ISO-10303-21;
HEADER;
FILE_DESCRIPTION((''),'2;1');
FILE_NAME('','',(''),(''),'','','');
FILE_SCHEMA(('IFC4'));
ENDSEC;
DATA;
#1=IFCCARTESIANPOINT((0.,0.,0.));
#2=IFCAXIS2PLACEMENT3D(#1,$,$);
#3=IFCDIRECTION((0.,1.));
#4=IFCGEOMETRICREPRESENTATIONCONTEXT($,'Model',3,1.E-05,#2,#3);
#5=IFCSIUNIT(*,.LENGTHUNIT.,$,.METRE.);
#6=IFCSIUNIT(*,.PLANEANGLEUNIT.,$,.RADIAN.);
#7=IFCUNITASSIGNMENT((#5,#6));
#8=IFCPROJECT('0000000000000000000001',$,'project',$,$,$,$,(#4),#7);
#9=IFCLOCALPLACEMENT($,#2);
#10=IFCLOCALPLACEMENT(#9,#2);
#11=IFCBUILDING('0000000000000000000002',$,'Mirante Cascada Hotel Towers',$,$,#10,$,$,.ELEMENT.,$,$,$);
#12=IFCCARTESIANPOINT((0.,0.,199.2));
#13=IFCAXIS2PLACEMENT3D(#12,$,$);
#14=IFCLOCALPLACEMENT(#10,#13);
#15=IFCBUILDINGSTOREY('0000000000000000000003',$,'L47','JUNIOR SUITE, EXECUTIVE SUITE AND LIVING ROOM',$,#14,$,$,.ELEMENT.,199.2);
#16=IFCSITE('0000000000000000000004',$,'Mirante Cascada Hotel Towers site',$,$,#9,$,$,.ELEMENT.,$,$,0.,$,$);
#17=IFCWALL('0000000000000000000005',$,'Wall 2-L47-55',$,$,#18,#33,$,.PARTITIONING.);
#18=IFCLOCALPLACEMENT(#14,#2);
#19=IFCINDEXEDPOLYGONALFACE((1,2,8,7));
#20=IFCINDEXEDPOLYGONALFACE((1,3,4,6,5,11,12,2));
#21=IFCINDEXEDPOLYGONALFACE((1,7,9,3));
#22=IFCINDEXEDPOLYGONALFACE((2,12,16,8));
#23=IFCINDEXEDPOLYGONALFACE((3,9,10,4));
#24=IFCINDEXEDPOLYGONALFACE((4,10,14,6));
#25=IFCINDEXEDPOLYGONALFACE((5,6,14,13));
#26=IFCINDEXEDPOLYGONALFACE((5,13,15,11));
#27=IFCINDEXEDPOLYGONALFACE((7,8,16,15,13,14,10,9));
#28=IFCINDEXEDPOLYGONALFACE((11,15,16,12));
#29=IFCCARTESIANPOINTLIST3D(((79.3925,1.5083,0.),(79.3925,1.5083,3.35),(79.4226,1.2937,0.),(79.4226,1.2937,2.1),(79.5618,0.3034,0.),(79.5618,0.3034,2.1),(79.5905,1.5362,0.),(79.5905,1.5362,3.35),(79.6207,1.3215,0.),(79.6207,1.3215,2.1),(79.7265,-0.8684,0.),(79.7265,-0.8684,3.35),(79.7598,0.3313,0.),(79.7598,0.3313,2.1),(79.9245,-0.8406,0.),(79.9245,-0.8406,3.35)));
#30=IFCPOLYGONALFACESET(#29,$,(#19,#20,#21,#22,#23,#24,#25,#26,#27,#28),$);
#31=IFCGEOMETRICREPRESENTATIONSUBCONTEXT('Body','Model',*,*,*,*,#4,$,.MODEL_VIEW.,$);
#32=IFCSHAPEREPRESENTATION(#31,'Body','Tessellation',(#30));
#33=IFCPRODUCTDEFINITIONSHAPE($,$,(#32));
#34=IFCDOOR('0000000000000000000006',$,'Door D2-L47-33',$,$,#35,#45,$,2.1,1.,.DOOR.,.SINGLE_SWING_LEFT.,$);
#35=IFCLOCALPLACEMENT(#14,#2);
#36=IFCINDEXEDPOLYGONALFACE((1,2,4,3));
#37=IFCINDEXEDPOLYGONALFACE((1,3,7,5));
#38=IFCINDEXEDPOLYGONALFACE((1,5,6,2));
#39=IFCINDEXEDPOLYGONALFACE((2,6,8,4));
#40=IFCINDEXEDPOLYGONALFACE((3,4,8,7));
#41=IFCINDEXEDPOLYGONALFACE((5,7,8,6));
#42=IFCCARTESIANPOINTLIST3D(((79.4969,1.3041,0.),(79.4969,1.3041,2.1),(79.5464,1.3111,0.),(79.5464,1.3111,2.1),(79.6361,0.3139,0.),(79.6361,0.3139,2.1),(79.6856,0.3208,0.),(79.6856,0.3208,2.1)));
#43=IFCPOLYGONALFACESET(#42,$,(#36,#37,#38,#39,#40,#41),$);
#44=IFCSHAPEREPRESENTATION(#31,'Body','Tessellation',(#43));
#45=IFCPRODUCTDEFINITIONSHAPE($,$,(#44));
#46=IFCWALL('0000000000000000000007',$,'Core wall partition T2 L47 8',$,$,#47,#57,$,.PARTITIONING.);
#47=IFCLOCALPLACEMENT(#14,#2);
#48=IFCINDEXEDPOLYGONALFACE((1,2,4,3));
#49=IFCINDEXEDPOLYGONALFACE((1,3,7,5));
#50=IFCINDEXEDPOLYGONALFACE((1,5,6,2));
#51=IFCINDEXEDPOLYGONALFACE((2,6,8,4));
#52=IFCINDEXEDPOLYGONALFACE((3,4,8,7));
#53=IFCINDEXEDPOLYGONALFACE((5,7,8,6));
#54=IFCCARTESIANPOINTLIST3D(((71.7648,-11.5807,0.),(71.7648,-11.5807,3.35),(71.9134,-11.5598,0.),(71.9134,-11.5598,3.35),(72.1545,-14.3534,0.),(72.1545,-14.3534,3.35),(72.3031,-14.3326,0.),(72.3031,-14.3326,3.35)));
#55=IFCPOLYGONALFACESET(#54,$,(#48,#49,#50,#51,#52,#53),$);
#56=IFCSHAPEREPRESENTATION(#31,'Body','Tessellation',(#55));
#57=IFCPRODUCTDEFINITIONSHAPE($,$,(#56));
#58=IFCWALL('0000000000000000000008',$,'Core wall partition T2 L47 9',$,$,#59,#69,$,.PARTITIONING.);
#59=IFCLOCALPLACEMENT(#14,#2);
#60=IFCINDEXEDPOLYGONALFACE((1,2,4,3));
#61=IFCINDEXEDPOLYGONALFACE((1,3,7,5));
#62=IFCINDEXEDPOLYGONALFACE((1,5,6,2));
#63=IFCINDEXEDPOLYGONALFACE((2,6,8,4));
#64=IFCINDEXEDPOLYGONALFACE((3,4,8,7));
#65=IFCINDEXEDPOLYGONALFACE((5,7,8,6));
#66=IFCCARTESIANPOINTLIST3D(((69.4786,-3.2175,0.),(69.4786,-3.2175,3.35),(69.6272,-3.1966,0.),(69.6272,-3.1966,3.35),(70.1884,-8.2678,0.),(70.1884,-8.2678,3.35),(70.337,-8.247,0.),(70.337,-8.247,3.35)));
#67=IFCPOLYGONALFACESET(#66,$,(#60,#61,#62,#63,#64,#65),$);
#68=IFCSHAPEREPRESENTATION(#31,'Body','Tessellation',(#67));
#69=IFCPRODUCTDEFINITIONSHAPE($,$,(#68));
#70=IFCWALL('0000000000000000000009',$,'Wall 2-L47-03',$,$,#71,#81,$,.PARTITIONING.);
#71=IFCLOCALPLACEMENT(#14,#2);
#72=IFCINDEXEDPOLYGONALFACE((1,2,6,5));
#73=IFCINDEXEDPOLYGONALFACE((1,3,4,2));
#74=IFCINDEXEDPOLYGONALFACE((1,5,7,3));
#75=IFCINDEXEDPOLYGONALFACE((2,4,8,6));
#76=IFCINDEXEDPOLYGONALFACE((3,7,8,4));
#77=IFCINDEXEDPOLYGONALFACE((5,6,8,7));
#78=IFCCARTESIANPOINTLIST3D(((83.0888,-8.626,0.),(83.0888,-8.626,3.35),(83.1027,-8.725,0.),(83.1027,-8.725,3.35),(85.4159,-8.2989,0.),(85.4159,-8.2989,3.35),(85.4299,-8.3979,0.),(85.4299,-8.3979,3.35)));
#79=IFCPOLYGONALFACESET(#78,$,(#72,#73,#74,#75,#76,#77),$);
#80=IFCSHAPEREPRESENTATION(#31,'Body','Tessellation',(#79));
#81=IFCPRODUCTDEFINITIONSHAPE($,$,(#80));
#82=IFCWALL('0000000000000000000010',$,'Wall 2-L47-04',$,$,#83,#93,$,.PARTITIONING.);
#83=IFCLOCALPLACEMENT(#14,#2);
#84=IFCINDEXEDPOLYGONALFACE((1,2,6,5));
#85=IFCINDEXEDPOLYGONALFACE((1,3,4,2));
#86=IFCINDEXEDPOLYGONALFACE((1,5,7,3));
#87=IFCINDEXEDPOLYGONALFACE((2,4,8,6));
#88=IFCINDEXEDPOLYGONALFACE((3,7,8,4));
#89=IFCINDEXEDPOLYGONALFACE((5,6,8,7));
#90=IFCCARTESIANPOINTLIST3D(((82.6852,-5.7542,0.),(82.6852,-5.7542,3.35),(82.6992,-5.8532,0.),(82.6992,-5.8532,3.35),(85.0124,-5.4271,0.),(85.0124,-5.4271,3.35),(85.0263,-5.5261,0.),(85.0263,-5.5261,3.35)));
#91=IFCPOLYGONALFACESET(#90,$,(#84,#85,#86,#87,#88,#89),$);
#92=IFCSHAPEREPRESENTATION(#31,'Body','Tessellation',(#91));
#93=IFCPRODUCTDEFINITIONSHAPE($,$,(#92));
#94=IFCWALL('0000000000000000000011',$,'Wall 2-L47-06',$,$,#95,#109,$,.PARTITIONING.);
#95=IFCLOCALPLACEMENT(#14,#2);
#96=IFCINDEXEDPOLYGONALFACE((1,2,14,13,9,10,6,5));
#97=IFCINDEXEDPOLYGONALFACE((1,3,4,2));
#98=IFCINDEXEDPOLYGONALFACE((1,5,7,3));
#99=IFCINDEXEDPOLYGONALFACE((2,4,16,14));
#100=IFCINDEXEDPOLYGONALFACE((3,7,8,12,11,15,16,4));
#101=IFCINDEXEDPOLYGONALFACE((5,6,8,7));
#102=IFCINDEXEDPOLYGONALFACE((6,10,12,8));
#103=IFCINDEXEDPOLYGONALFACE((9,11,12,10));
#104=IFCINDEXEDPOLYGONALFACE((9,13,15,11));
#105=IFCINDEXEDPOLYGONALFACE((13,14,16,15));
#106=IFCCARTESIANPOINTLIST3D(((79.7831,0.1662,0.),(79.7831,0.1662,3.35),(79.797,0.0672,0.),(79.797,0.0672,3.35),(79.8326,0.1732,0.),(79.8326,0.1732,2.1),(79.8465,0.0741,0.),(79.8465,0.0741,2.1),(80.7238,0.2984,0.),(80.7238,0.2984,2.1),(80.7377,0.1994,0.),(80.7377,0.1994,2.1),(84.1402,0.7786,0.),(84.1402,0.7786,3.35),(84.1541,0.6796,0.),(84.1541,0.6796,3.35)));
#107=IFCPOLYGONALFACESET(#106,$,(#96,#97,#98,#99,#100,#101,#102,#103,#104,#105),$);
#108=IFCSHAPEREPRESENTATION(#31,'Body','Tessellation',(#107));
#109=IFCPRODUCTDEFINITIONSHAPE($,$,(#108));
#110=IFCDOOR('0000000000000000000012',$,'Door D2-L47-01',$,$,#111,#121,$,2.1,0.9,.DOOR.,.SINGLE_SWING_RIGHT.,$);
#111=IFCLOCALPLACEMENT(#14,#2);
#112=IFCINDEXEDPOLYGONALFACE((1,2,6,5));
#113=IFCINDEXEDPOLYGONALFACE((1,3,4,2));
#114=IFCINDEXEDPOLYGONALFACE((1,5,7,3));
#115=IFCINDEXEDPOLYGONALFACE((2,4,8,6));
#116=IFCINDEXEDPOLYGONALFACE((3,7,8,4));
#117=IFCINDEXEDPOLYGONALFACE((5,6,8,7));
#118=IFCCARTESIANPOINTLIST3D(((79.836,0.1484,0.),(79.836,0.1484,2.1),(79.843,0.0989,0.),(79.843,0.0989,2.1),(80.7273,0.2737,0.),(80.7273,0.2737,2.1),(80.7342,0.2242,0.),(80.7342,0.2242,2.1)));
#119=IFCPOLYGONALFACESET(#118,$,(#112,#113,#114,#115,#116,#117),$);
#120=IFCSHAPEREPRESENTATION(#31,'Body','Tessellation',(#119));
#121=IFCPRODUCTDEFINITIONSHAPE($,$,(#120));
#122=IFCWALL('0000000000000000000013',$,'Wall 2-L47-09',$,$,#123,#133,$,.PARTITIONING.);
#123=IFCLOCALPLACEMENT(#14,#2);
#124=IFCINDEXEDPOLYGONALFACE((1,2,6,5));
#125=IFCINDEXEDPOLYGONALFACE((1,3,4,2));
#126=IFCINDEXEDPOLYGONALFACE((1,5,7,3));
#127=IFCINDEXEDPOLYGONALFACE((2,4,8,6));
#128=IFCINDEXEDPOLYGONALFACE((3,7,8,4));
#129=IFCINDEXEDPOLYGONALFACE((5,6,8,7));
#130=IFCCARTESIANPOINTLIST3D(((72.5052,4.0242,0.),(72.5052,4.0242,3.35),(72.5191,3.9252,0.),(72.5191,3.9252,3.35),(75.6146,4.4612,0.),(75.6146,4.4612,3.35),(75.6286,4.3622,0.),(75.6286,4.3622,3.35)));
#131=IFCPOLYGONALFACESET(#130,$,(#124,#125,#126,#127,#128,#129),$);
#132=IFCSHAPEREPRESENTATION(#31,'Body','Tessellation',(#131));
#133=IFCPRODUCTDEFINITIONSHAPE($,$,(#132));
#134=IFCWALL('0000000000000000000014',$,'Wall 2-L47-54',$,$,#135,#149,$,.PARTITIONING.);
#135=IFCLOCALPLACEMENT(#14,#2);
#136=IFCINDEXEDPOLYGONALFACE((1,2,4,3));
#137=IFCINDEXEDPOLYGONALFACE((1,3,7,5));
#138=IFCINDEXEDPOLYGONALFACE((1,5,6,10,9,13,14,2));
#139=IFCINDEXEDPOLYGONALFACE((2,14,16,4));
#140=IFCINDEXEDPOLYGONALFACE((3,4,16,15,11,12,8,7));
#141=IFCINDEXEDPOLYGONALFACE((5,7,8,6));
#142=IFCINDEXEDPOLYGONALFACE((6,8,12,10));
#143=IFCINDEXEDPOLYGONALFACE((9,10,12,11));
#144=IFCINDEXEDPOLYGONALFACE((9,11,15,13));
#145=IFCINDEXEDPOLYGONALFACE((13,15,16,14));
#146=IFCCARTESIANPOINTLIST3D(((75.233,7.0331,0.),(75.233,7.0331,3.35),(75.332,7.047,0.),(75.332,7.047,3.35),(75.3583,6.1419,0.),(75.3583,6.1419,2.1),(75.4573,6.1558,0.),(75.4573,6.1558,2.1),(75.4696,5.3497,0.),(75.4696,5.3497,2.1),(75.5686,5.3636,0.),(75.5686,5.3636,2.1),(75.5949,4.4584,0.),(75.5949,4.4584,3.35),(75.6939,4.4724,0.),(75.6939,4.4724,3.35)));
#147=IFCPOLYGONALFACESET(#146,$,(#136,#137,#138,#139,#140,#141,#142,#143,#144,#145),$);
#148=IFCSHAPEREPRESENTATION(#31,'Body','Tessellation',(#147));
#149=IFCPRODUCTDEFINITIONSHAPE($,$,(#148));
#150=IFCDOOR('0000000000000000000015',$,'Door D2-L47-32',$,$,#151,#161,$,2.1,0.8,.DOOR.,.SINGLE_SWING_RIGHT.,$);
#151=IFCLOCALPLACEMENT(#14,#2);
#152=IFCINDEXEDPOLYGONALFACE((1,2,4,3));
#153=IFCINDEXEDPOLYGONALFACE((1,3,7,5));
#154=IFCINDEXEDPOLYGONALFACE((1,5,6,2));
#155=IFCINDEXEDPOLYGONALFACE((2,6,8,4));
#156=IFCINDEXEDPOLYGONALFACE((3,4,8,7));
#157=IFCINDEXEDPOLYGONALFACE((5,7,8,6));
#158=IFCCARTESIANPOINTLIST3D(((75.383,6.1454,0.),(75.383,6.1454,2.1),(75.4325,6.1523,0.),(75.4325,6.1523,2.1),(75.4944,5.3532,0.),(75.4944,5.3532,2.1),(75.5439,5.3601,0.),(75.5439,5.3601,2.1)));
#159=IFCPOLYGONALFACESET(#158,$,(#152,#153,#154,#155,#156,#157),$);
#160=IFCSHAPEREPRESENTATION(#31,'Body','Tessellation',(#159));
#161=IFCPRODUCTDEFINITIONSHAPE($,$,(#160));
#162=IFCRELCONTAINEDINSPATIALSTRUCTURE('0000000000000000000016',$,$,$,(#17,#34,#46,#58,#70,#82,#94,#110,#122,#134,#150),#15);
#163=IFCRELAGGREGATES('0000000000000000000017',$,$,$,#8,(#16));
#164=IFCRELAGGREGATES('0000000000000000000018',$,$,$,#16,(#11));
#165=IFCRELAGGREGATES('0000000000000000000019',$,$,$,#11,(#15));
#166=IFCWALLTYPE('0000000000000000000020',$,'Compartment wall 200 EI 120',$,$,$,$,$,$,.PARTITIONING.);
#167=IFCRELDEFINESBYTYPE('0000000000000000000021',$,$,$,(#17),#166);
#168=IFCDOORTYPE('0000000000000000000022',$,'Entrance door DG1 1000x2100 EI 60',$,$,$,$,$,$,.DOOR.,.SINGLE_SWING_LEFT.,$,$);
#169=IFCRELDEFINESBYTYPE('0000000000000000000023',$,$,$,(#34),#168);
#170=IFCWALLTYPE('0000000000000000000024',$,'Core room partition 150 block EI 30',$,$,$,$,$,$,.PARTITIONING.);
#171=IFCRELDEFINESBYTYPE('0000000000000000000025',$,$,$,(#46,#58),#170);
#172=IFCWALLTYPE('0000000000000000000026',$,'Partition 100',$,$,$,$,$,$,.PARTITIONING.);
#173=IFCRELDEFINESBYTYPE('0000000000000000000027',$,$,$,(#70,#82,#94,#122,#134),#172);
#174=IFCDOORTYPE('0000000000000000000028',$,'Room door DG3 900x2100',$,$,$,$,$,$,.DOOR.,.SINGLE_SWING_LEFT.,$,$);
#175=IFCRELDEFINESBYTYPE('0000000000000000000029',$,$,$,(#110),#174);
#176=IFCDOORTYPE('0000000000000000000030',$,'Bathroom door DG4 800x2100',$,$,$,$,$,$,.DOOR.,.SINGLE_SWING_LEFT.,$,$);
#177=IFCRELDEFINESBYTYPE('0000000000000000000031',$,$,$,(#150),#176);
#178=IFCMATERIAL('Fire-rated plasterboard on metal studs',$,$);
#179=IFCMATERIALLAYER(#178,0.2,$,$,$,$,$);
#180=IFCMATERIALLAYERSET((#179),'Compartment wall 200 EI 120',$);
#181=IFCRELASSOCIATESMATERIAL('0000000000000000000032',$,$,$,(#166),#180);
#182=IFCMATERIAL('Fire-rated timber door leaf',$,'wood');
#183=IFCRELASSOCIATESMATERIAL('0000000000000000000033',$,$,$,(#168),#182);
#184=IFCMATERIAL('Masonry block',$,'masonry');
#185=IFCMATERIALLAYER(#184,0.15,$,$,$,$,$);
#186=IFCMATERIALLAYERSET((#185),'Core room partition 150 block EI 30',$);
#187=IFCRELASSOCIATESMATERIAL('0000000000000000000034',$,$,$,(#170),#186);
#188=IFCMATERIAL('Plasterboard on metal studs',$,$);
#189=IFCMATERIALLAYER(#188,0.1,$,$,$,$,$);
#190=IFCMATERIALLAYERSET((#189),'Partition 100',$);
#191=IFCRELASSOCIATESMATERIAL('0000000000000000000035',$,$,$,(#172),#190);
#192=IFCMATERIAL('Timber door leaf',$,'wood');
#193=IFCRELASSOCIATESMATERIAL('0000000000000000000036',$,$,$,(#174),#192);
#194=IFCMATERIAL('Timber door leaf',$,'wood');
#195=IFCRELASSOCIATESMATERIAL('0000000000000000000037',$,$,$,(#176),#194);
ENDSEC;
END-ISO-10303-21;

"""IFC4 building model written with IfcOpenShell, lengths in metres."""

from ifc_helpers import new_model, si_unit, direction, frame, frame_2d, origin, place, context, subcontext, project, spatial, rectangle, extrude, material, layer, layer_set, type_object, element, fill, save


model = new_model("IFC4")

# Units and contexts
model_context = context("Model", 3, precision=1e-05, world=origin(), true_north=direction((0.0, 1.0)))
body_context = subcontext(model_context, "Body", "Model", "MODEL_VIEW")
ifc_project = project(units=[si_unit("LENGTHUNIT", "METRE"), si_unit("PLANEANGLEUNIT", "RADIAN")], contexts=[model_context])

# Site, building, storey
site_placement = place(None, origin())
site = spatial("IfcSite", under=ifc_project, at=site_placement, Name="Mirante Cascada Hotel Towers site", CompositionType="ELEMENT", RefElevation=0.0)
building_placement = place(site_placement, origin())
building = spatial("IfcBuilding", under=site, at=building_placement, Name="Mirante Cascada Hotel Towers", CompositionType="ELEMENT")
storey_placement = place(building_placement, frame((0.0, 0.0, 199.2)))
storey = spatial("IfcBuildingStorey", under=building, at=storey_placement, Name="L47", Description="JUNIOR SUITE, EXECUTIVE SUITE AND LIVING ROOM", CompositionType="ELEMENT", Elevation=199.2)

# Wall, opening, door
ifc_material_1 = material(Name="Fire-rated plasterboard on metal studs")
ifc_layer_1 = layer(ifc_material_1, 0.2)
ifc_layer_set_1 = layer_set([ifc_layer_1], Name="Compartment wall 200 EI 120")
wall_type_1 = type_object("IfcWallType", Name="Compartment wall 200 EI 120", PredefinedType="PARTITIONING", material=ifc_layer_set_1)
wall_1_placement = place(storey_placement, frame((79.4915, 1.5222, 0.0), z_axis=(0.0, 0.0, 1.0), x_axis=(0.139163, -0.990269, 0.0)))
wall_1 = element("IfcWall", 1, at=wall_1_placement, inside=storey, type_object=wall_type_1, Name="Wall 2-L47-55", PredefinedType="PARTITIONING", context=body_context, shape_type="SweptSolid", body=[
    extrude(rectangle(XDim=2.4001, YDim=0.2, at=frame_2d((1.2, 0.0))), origin(), (0.0, 0.0, 1.0), 3.35),
])
opening_1_placement = place(wall_1_placement, frame((0.2167, 0.0, 0.0)))
opening_1 = element("IfcOpeningElement", 2, at=opening_1_placement, cuts=wall_1, PredefinedType="OPENING", context=body_context, shape_type="SweptSolid", body=[
    extrude(rectangle(XDim=1.0, YDim=2.1, at=frame_2d((0.5, 1.05))), frame((0.0, 0.1, 0.0), z_axis=(0.0, -1.0, 0.0), x_axis=(1.0, 0.0, 0.0)), (0.0, 0.0, 1.0), 0.2),
])
ifc_material_2 = material(Name="Fire-rated timber door leaf", Category="wood")
door_type_1 = type_object("IfcDoorType", Name="Entrance door DG1 1000x2100 EI 60", OperationType="SINGLE_SWING_LEFT", PredefinedType="DOOR", material=ifc_material_2)
door_1_placement = place(opening_1_placement, origin())
door_1 = element("IfcDoor", 3, at=door_1_placement, inside=storey, type_object=door_type_1, Name="Door D2-L47-33", OperationType="SINGLE_SWING_LEFT", OverallHeight=2.1, OverallWidth=1.0, PredefinedType="DOOR", context=body_context, shape_type="SweptSolid", body=[
    extrude(rectangle(XDim=1.0, YDim=2.1, at=frame_2d((0.5, 1.05))), frame((0.0, 0.025, 0.0), z_axis=(0.0, -1.0, 0.0), x_axis=(1.0, 0.0, 0.0)), (0.0, 0.0, 1.0), 0.05),
])
fill(opening_1, door_1)

# Walls
ifc_material_3 = material(Name="Masonry block", Category="masonry")
ifc_layer_2 = layer(ifc_material_3, 0.15)
ifc_layer_set_2 = layer_set([ifc_layer_2], Name="Core room partition 150 block EI 30")
wall_type_2 = type_object("IfcWallType", Name="Core room partition 150 block EI 30", PredefinedType="PARTITIONING", material=ifc_layer_set_2)
wall_2_placement = place(storey_placement, frame((72.2288, -14.343, 0.0), z_axis=(0.0, 0.0, 1.0), x_axis=(-0.139181, 0.990267, 0.0)))
element("IfcWall", 4, at=wall_2_placement, inside=storey, type_object=wall_type_2, Name="Core wall partition T2 L47 8", PredefinedType="PARTITIONING", context=body_context, shape_type="SweptSolid", body=[
    extrude(rectangle(XDim=2.8, YDim=0.15, at=frame_2d((1.4, 0.0))), origin(), (0.0, 0.0, 1.0), 3.35),
])
wall_3_placement = place(storey_placement, frame((70.2627, -8.2574, 0.0), z_axis=(0.0, 0.0, 1.0), x_axis=(-0.139176, 0.990268, 0.0)))
element("IfcWall", 5, at=wall_3_placement, inside=storey, type_object=wall_type_2, Name="Core wall partition T2 L47 9", PredefinedType="PARTITIONING", context=body_context, shape_type="SweptSolid", body=[
    extrude(rectangle(XDim=5.1, YDim=0.15, at=frame_2d((2.55, 0.0))), origin(), (0.0, 0.0, 1.0), 3.35),
])
ifc_material_4 = material(Name="Plasterboard on metal studs")
ifc_layer_3 = layer(ifc_material_4, 0.1)
ifc_layer_set_3 = layer_set([ifc_layer_3], Name="Partition 100")
wall_type_3 = type_object("IfcWallType", Name="Partition 100", PredefinedType="PARTITIONING", material=ifc_layer_set_3)
for number, where, z_axis, x_axis, name in (
    (6, (85.4229, -8.3484, 0.0), (0.0, 0.0, 1.0), (-0.990265, -0.139193, 0.0), "Wall 2-L47-03"),
    (7, (82.6922, -5.8037, 0.0), (0.0, 0.0, 1.0), (0.990265, 0.139193, 0.0), "Wall 2-L47-04"),
):
    element("IfcWall", number, at=place(storey_placement, frame(where, z_axis=z_axis, x_axis=x_axis)), inside=storey, type_object=wall_type_3, Name=name, PredefinedType="PARTITIONING", context=body_context, shape_type="SweptSolid", body=[
        extrude(rectangle(XDim=2.35, YDim=0.1, at=frame_2d((1.175, 0.0))), origin(), (0.0, 0.0, 1.0), 3.35),
    ])

# Wall, opening, door
wall_4_placement = place(storey_placement, frame((79.79, 0.1167, 0.0), z_axis=(0.0, 0.0, 1.0), x_axis=(0.990267, 0.139184, 0.0)))
wall_4 = element("IfcWall", 8, at=wall_4_placement, inside=storey, type_object=wall_type_3, Name="Wall 2-L47-06", PredefinedType="PARTITIONING", context=body_context, shape_type="SweptSolid", body=[
    extrude(rectangle(XDim=4.3999, YDim=0.1, at=frame_2d((2.2, 0.0))), origin(), (0.0, 0.0, 1.0), 3.35),
])
opening_2_placement = place(wall_4_placement, frame((0.05, 0.0, 0.0)))
opening_2 = element("IfcOpeningElement", 9, at=opening_2_placement, cuts=wall_4, PredefinedType="OPENING", context=body_context, shape_type="SweptSolid", body=[
    extrude(rectangle(XDim=0.9, YDim=2.1, at=frame_2d((0.45, 1.05))), frame((0.0, 0.05, 0.0), z_axis=(0.0, -1.0, 0.0), x_axis=(1.0, 0.0, 0.0)), (0.0, 0.0, 1.0), 0.1),
])
ifc_material_5 = material(Name="Timber door leaf", Category="wood")
door_type_2 = type_object("IfcDoorType", Name="Room door DG3 900x2100", OperationType="SINGLE_SWING_LEFT", PredefinedType="DOOR", material=ifc_material_5)
door_2_placement = place(opening_2_placement, frame((0.9, 0.0, 0.0), z_axis=(0.0, 0.0, 1.0), x_axis=(-1.0, 0.0, 0.0)))
door_2 = element("IfcDoor", 10, at=door_2_placement, inside=storey, type_object=door_type_2, Name="Door D2-L47-01", OperationType="SINGLE_SWING_RIGHT", OverallHeight=2.1, OverallWidth=0.9, PredefinedType="DOOR", context=body_context, shape_type="SweptSolid", body=[
    extrude(rectangle(XDim=0.9, YDim=2.1, at=frame_2d((0.45, 1.05))), frame((0.0, 0.025, 0.0), z_axis=(0.0, -1.0, 0.0), x_axis=(1.0, 0.0, 0.0)), (0.0, 0.0, 1.0), 0.05),
])
fill(opening_2, door_2)

# Wall
wall_5_placement = place(storey_placement, frame((75.6216, 4.4117, 0.0), z_axis=(0.0, 0.0, 1.0), x_axis=(-0.990268, -0.139174, 0.0)))
element("IfcWall", 11, at=wall_5_placement, inside=storey, type_object=wall_type_3, Name="Wall 2-L47-09", PredefinedType="PARTITIONING", context=body_context, shape_type="SweptSolid", body=[
    extrude(rectangle(XDim=3.14, YDim=0.1, at=frame_2d((1.57, 0.0))), origin(), (0.0, 0.0, 1.0), 3.35),
])

# Wall, opening, door
wall_6_placement = place(storey_placement, frame((75.6444, 4.4654, 0.0), z_axis=(0.0, 0.0, 1.0), x_axis=(-0.139192, 0.990265, 0.0)))
wall_6 = element("IfcWall", 12, at=wall_6_placement, inside=storey, type_object=wall_type_3, Name="Wall 2-L47-54", PredefinedType="PARTITIONING", context=body_context, shape_type="SweptSolid", body=[
    extrude(rectangle(XDim=2.6, YDim=0.1, at=frame_2d((1.3, 0.0))), origin(), (0.0, 0.0, 1.0), 3.35),
])
opening_3_placement = place(wall_6_placement, frame((0.9, 0.0, 0.0)))
opening_3 = element("IfcOpeningElement", 13, at=opening_3_placement, cuts=wall_6, PredefinedType="OPENING", context=body_context, shape_type="SweptSolid", body=[
    extrude(rectangle(XDim=0.8, YDim=2.1, at=frame_2d((0.4, 1.05))), frame((0.0, 0.05, 0.0), z_axis=(0.0, -1.0, 0.0), x_axis=(1.0, 0.0, 0.0)), (0.0, 0.0, 1.0), 0.1),
])
ifc_material_6 = material(Name="Timber door leaf", Category="wood")
door_type_3 = type_object("IfcDoorType", Name="Bathroom door DG4 800x2100", OperationType="SINGLE_SWING_LEFT", PredefinedType="DOOR", material=ifc_material_6)
door_3_placement = place(opening_3_placement, frame((0.8, 0.0, 0.0), z_axis=(0.0, 0.0, 1.0), x_axis=(-1.0, 0.0, 0.0)))
door_3 = element("IfcDoor", 14, at=door_3_placement, inside=storey, type_object=door_type_3, Name="Door D2-L47-32", OperationType="SINGLE_SWING_RIGHT", OverallHeight=2.1, OverallWidth=0.8, PredefinedType="DOOR", context=body_context, shape_type="SweptSolid", body=[
    extrude(rectangle(XDim=0.8, YDim=2.1, at=frame_2d((0.4, 1.05))), frame((0.0, 0.025, 0.0), z_axis=(0.0, -1.0, 0.0), x_axis=(1.0, 0.0, 0.0)), (0.0, 0.0, 1.0), 0.05),
])
fill(opening_3, door_3)

save(model, "model.ifc")
